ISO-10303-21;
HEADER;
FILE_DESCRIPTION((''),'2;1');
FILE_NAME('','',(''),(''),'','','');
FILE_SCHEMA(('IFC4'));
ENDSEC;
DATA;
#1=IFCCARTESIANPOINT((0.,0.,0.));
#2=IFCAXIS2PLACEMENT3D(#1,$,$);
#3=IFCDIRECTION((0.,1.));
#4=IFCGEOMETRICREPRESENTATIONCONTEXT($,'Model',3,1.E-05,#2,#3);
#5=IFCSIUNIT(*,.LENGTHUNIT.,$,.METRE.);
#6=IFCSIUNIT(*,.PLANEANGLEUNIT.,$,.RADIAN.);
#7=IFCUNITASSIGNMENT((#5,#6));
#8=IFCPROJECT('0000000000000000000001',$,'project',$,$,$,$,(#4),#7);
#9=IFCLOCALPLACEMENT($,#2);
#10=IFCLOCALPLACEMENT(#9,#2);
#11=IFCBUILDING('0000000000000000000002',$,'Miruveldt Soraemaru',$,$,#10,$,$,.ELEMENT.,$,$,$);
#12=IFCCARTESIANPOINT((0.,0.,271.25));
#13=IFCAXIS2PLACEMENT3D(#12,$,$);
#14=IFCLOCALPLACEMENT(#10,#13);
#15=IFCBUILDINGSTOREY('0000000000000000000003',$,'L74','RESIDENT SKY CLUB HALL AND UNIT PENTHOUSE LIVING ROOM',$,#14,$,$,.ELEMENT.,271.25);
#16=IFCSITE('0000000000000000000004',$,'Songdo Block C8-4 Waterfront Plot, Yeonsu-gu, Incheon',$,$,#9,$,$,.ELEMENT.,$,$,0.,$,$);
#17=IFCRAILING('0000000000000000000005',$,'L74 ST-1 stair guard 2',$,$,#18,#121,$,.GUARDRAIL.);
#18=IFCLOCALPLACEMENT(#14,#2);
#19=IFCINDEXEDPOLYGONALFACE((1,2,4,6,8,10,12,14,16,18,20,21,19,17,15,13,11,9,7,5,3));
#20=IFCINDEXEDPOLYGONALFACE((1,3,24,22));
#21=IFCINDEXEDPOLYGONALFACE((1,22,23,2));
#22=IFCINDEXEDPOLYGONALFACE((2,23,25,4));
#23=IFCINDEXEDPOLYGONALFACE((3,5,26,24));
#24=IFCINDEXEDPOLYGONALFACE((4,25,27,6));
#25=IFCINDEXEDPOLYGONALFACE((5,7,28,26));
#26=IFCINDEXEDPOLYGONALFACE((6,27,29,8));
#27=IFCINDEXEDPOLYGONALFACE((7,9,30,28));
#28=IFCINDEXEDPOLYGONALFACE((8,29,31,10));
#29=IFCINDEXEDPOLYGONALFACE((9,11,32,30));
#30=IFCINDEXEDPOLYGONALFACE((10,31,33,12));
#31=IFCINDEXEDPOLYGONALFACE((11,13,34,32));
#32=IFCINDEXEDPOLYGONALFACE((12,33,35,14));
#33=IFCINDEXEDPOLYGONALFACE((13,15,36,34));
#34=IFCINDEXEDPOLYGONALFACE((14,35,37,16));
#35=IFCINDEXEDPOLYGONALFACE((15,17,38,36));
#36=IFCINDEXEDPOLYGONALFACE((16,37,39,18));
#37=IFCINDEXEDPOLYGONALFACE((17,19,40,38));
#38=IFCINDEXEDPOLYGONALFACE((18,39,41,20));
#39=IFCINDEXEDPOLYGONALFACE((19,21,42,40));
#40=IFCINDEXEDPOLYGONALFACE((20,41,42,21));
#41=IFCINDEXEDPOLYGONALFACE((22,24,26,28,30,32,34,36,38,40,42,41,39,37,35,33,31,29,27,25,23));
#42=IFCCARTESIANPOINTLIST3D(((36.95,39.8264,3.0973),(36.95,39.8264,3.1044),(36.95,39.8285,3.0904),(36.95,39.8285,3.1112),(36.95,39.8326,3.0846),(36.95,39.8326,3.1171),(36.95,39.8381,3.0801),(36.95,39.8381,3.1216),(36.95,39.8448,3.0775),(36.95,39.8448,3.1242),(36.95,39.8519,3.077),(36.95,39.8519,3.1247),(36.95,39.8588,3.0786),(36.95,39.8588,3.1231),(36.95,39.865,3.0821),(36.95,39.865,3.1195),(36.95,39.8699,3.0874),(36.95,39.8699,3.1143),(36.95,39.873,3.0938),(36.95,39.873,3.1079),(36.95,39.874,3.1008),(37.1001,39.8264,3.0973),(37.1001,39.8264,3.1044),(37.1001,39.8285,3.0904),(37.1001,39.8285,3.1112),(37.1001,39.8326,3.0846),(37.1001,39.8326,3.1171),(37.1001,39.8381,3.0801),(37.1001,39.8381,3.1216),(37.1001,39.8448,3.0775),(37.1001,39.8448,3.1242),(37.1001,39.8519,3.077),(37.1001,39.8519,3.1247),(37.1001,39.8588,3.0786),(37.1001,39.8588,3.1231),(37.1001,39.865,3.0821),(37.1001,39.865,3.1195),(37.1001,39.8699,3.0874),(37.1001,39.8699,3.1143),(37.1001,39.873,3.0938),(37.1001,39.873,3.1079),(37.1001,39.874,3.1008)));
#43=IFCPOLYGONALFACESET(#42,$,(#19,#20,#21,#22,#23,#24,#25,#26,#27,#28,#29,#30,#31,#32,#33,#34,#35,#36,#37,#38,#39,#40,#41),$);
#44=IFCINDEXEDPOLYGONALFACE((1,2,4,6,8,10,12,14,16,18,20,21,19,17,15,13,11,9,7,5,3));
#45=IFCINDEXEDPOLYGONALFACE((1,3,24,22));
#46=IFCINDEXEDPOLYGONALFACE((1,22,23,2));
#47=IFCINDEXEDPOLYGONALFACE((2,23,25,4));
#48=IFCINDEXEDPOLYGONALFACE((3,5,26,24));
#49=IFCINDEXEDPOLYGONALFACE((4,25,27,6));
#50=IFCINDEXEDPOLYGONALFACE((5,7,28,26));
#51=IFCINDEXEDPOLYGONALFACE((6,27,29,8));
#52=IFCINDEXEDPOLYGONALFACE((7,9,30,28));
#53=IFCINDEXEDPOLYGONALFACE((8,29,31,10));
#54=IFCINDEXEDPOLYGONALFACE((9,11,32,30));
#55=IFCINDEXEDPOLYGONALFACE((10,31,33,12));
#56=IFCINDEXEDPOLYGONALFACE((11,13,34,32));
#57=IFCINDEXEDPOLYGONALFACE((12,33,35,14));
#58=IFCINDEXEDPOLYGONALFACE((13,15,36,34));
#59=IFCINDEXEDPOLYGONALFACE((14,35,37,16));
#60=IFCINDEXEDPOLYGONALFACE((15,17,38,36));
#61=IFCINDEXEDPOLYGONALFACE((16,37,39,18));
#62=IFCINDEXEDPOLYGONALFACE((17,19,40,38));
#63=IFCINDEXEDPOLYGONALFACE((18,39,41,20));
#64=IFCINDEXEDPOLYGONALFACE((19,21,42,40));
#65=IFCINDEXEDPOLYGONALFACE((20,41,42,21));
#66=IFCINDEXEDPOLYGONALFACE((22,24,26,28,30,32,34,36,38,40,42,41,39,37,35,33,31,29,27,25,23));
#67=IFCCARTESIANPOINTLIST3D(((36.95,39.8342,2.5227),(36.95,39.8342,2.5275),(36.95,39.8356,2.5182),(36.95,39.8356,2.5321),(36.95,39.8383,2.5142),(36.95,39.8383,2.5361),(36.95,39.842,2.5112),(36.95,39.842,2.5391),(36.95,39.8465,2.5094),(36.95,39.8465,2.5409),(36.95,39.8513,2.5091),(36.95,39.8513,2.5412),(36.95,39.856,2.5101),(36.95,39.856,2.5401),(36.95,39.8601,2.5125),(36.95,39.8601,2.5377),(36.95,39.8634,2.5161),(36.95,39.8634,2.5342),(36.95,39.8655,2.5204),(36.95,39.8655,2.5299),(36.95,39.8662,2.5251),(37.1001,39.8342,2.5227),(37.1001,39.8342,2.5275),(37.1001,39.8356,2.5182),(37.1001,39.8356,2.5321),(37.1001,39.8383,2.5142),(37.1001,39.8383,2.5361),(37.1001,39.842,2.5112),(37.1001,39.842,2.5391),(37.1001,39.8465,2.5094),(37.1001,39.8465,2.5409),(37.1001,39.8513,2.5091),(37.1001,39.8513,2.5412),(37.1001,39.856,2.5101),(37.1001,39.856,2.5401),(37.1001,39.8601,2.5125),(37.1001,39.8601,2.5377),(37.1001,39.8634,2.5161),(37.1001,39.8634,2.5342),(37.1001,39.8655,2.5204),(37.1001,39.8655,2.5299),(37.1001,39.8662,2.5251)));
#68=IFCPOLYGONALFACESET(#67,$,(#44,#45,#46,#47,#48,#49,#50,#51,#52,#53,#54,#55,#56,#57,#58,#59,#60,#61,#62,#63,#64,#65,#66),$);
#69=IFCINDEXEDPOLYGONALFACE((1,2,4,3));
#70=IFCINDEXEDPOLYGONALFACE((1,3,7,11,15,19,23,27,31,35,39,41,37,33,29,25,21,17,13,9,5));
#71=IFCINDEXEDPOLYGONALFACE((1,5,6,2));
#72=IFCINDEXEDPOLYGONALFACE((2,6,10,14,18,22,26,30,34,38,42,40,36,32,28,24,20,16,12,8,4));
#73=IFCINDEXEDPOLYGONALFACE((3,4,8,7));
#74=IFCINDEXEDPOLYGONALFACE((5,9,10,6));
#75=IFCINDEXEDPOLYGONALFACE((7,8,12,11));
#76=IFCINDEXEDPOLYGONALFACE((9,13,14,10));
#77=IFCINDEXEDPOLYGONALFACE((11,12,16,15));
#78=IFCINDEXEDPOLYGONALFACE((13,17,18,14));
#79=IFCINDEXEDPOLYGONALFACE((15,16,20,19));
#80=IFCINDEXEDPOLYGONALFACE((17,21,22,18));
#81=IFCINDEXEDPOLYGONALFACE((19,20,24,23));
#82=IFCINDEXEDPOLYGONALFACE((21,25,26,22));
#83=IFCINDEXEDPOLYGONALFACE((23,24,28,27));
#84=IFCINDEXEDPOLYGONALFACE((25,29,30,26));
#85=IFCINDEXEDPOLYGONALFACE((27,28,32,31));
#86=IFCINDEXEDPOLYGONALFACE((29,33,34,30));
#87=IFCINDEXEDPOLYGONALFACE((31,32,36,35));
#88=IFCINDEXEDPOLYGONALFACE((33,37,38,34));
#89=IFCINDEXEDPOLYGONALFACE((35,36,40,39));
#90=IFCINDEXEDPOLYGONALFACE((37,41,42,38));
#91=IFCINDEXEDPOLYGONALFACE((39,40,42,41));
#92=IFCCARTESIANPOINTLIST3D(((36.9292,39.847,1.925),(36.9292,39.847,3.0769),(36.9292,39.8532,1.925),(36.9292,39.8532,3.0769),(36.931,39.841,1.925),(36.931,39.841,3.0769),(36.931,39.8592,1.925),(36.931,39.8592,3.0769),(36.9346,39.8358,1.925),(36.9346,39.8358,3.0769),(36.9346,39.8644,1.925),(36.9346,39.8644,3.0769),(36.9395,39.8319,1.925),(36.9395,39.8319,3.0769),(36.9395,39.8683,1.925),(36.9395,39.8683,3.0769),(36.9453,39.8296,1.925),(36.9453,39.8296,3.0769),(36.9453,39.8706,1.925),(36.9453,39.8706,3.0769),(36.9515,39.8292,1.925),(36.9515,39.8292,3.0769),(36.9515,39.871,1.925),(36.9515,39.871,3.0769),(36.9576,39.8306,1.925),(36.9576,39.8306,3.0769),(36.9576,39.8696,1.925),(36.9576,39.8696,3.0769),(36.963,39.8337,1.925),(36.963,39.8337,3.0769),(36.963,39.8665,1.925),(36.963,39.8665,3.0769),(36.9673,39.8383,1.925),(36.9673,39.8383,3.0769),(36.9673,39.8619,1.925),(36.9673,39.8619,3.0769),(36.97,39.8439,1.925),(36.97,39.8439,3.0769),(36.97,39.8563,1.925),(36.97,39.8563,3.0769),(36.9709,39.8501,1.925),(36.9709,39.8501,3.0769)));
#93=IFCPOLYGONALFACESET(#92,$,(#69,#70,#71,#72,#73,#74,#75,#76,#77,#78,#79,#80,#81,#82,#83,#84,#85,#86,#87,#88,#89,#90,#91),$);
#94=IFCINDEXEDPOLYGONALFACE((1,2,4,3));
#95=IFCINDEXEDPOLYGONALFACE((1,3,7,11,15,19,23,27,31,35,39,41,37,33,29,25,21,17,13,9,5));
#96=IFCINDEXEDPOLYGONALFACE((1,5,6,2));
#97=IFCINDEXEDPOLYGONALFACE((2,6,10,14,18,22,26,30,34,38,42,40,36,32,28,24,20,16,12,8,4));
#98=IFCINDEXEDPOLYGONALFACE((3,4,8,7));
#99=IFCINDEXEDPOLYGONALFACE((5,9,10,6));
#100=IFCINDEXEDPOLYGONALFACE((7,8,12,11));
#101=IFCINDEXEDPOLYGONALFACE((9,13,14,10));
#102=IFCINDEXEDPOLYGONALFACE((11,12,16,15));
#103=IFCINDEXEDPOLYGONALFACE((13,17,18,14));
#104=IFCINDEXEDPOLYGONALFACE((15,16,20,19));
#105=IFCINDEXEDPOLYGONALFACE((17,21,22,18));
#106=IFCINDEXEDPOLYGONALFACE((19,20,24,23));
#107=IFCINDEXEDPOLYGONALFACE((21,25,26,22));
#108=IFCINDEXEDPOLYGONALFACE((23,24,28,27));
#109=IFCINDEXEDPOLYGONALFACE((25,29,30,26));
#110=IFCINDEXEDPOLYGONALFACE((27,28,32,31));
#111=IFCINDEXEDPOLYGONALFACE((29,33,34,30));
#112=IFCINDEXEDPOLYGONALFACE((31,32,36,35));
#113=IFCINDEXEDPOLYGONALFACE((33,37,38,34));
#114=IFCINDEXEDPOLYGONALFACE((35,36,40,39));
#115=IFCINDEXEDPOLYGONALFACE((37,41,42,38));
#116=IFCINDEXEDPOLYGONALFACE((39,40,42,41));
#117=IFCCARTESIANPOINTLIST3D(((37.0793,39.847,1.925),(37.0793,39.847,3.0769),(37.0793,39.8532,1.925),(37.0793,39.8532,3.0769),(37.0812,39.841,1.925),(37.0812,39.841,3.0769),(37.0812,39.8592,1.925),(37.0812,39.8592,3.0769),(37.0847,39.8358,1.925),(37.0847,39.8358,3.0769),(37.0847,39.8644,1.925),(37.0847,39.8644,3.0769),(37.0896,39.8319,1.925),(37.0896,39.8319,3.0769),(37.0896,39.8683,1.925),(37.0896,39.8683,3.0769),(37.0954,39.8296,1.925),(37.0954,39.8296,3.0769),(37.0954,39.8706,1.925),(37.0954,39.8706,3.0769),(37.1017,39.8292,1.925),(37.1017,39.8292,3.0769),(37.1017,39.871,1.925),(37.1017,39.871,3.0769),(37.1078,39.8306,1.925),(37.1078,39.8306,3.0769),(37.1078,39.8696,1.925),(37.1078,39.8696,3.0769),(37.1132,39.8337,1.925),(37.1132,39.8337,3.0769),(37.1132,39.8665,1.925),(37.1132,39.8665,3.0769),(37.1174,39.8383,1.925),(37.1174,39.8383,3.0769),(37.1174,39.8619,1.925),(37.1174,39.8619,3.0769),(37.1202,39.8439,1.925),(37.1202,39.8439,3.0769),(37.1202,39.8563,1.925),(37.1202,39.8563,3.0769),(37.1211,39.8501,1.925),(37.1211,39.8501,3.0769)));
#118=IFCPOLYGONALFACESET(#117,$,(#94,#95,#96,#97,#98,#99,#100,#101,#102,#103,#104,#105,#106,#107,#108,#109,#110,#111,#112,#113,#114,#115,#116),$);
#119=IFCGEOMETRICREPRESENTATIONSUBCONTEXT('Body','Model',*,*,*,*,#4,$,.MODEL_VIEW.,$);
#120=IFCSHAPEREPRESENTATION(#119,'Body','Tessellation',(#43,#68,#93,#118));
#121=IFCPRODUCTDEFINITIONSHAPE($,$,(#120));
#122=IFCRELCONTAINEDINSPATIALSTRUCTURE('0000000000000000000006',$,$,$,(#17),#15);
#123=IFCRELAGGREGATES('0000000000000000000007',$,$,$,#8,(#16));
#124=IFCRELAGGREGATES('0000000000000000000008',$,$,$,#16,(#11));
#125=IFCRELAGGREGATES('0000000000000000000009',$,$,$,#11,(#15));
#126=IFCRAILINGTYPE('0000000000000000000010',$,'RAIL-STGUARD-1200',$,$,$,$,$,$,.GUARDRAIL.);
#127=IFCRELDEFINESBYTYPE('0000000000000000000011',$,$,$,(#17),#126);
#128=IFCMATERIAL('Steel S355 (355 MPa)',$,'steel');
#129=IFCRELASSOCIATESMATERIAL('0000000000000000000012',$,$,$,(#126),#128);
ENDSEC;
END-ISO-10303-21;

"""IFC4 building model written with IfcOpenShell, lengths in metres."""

from ifc_helpers import new_model, si_unit, direction, frame, origin, origin_2d, place, context, subcontext, project, spatial, circle, extrude, material, type_object, element, save


model = new_model("IFC4")

# Units and contexts
model_context = context("Model", 3, precision=1e-05, world=origin(), true_north=direction((0.0, 1.0)))
body_context = subcontext(model_context, "Body", "Model", "MODEL_VIEW")
ifc_project = project(units=[si_unit("LENGTHUNIT", "METRE"), si_unit("PLANEANGLEUNIT", "RADIAN")], contexts=[model_context])

# Site, building, storey
site_placement = place(None, origin())
site = spatial("IfcSite", under=ifc_project, at=site_placement, Name="Songdo Block C8-4 Waterfront Plot, Yeonsu-gu, Incheon", CompositionType="ELEMENT", RefElevation=0.0)
building_placement = place(site_placement, origin())
building = spatial("IfcBuilding", under=site, at=building_placement, Name="Miruveldt Soraemaru", CompositionType="ELEMENT")
storey_placement = place(building_placement, frame((0.0, 0.0, 271.25)))
storey = spatial("IfcBuildingStorey", under=building, at=storey_placement, Name="L74", Description="RESIDENT SKY CLUB HALL AND UNIT PENTHOUSE LIVING ROOM", CompositionType="ELEMENT", Elevation=271.25)

# Railing
ifc_material_1 = material(Name="Steel S355 (355 MPa)", Category="steel")
railing_type_1 = type_object("IfcRailingType", Name="RAIL-STGUARD-1200", PredefinedType="GUARDRAIL", material=ifc_material_1)
railing_1_placement = place(storey_placement, frame((36.95, 39.8501, 1.925)))
element("IfcRailing", 1, at=railing_1_placement, inside=storey, type_object=railing_type_1, Name="L74 ST-1 stair guard 2", PredefinedType="GUARDRAIL", context=body_context, shape_type="SweptSolid", body=[
    extrude(circle(Radius=0.0239, at=origin_2d()), frame((0.0, 0.0, 1.1758), z_axis=(1.0, 0.0, 0.0), x_axis=(0.0, 1.0, 0.0)), (0.0, 0.0, 1.0), 0.1501),
    extrude(circle(Radius=0.0161, at=origin_2d()), frame((0.0, 0.0, 0.6001), z_axis=(1.0, 0.0, 0.0), x_axis=(0.0, 1.0, 0.0)), (0.0, 0.0, 1.0), 0.1501),
    extrude(circle(Radius=0.021, at=origin_2d()), origin(), (0.0, 0.0, 1.0), 1.1519),
    extrude(circle(Radius=0.021, at=origin_2d()), frame((0.1501, 0.0, 0.0)), (0.0, 0.0, 1.0), 1.1519),
])

save(model, "model.ifc")
